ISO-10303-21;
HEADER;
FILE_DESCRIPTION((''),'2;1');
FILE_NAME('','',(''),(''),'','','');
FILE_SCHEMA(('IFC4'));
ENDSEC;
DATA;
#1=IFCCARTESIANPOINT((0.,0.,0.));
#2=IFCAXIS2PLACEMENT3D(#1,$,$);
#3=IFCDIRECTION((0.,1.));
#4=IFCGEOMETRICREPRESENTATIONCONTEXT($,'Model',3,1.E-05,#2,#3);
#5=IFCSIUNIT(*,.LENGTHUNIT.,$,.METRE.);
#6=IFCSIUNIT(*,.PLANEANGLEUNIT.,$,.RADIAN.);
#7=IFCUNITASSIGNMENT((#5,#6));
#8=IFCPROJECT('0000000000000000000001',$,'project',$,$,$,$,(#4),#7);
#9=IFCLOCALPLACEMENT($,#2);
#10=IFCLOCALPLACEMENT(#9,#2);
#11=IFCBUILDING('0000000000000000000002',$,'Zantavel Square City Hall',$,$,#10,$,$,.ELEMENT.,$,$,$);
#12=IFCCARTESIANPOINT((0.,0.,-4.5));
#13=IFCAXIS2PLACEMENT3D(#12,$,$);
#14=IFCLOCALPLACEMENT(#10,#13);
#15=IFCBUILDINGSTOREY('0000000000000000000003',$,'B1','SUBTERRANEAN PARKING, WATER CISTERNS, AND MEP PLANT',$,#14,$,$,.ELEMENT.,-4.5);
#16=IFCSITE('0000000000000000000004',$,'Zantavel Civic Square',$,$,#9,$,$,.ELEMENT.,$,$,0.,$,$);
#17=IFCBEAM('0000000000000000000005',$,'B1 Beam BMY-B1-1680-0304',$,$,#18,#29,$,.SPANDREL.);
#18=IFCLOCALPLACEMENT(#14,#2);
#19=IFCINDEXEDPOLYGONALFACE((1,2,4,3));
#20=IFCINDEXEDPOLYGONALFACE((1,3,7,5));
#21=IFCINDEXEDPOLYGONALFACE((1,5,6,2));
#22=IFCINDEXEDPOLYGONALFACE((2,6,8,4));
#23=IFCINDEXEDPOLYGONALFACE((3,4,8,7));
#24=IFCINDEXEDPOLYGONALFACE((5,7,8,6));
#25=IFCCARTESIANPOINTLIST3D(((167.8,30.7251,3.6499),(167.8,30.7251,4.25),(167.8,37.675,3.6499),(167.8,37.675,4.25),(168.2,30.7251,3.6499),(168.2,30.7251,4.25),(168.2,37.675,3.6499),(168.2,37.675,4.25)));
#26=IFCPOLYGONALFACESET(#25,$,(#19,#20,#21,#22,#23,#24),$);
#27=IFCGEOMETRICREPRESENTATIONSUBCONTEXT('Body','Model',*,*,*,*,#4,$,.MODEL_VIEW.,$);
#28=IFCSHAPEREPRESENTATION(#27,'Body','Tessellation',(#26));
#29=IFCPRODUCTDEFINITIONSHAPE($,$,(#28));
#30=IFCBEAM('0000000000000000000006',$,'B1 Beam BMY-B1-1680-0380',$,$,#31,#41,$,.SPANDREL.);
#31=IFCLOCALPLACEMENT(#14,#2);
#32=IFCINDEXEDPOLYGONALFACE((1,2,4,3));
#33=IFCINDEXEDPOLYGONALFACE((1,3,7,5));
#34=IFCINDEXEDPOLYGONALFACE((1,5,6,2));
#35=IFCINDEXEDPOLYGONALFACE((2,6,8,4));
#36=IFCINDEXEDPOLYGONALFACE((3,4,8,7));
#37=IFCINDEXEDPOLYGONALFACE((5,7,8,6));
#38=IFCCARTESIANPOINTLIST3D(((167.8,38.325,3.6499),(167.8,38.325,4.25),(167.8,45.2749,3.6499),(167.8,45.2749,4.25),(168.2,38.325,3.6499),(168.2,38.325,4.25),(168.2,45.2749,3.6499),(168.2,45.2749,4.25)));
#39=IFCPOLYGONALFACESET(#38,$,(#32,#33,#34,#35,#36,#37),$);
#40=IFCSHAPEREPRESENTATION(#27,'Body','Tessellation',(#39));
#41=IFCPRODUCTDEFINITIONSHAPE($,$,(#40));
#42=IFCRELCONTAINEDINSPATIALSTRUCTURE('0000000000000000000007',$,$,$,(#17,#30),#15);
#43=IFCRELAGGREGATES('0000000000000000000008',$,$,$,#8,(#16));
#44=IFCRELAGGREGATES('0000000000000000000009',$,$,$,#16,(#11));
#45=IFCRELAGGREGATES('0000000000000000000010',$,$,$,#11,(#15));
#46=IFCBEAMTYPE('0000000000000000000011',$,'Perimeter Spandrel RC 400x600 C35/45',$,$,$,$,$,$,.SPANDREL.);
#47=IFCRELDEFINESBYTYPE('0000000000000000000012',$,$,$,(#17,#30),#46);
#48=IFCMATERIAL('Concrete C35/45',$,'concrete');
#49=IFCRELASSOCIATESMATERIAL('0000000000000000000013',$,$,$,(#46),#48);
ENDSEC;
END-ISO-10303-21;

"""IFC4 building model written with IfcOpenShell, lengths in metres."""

from ifc_helpers import new_model, si_unit, direction, frame, origin, origin_2d, place, context, subcontext, project, spatial, rectangle, extrude, material, material_profile, profile_set, type_object, element, save


model = new_model("IFC4")

# Units and contexts
model_context = context("Model", 3, precision=1e-05, world=origin(), true_north=direction((0.0, 1.0)))
body_context = subcontext(model_context, "Body", "Model", "MODEL_VIEW")
ifc_project = project(units=[si_unit("LENGTHUNIT", "METRE"), si_unit("PLANEANGLEUNIT", "RADIAN")], contexts=[model_context])

# Site, building, storey
site_placement = place(None, origin())
site = spatial("IfcSite", under=ifc_project, at=site_placement, Name="Zantavel Civic Square", CompositionType="ELEMENT", RefElevation=0.0)
building_placement = place(site_placement, origin())
building = spatial("IfcBuilding", under=site, at=building_placement, Name="Zantavel Square City Hall", CompositionType="ELEMENT")
storey_placement = place(building_placement, frame((0.0, 0.0, -4.5)))
storey = spatial("IfcBuildingStorey", under=building, at=storey_placement, Name="B1", Description="SUBTERRANEAN PARKING, WATER CISTERNS, AND MEP PLANT", CompositionType="ELEMENT", Elevation=-4.5)

# Shared definitions
ifc_material_1 = material(Name="Concrete C35/45", Category="concrete")

# Beams
ifc_material_profile_1 = material_profile(ifc_material_1, rectangle(XDim=0.3999, YDim=0.6001, at=origin_2d()), Name="RC 400x600")
ifc_profile_set_1 = profile_set([ifc_material_profile_1], Name="Concrete C35/45")
beam_type_1 = type_object("IfcBeamType", Name="Perimeter Spandrel RC 400x600 C35/45", PredefinedType="SPANDREL", material=ifc_profile_set_1)
for number, where, z_axis, x_axis, name in (
    (1, (168.0, 30.7251, 3.95), (0.0, 1.0, 0.0), (-1.0, 0.0, 0.0), "B1 Beam BMY-B1-1680-0304"),
    (2, (168.0, 38.325, 3.95), (0.0, 1.0, 0.0), (-1.0, 0.0, 0.0), "B1 Beam BMY-B1-1680-0380"),
):
    element("IfcBeam", number, at=place(storey_placement, frame(where, z_axis=z_axis, x_axis=x_axis)), inside=storey, type_object=beam_type_1, Name=name, PredefinedType="SPANDREL", context=body_context, shape_type="SweptSolid", body=[
        extrude(rectangle(XDim=0.3999, YDim=0.6001, at=origin_2d()), origin(), (0.0, 0.0, 1.0), 6.95),
    ])

save(model, "model.ifc")
